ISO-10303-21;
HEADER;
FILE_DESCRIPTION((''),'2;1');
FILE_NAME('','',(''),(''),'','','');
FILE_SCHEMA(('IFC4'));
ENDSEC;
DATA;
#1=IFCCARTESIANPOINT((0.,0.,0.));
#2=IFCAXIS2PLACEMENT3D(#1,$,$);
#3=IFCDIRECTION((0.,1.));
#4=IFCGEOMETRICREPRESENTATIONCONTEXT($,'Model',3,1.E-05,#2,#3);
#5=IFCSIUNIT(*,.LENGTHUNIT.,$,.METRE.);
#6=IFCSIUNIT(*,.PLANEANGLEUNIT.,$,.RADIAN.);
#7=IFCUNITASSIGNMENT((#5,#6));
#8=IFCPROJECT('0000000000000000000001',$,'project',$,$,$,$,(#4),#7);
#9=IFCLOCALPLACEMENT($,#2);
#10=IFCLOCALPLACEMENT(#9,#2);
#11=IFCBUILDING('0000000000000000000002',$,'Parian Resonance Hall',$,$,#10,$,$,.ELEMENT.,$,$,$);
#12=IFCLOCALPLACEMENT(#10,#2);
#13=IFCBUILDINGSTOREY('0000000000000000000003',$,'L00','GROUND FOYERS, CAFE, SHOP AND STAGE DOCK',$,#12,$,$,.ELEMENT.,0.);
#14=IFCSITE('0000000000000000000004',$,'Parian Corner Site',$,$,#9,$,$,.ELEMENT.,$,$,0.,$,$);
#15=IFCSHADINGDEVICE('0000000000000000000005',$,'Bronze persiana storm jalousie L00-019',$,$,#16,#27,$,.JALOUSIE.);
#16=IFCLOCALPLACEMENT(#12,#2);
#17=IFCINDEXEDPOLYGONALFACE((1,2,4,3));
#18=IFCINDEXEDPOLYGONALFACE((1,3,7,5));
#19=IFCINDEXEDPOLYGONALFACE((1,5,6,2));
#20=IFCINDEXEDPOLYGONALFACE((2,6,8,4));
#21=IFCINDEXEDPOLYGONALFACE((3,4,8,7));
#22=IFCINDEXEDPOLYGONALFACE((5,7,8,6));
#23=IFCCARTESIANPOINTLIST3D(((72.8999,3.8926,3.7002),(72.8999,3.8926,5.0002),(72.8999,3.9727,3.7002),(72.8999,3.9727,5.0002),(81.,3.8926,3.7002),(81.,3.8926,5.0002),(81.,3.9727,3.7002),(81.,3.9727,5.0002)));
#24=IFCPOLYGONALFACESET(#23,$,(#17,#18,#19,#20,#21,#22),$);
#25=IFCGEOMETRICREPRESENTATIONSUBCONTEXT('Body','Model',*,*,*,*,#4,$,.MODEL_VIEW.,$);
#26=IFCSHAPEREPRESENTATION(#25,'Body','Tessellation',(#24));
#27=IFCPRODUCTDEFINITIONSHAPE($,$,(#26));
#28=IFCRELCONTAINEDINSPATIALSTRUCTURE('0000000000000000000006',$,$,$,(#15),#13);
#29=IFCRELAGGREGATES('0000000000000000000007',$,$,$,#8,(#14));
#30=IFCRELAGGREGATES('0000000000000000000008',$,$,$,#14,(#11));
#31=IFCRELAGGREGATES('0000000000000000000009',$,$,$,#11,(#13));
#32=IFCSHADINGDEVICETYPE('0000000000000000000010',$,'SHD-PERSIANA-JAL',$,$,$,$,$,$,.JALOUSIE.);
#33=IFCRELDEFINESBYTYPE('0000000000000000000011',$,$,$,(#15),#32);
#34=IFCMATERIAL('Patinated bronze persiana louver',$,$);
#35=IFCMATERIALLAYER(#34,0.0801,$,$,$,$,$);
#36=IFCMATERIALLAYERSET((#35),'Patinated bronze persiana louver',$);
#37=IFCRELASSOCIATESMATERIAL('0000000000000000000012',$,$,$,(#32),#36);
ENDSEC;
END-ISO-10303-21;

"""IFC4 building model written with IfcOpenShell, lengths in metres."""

from ifc_helpers import new_model, si_unit, direction, frame, origin, origin_2d, place, context, subcontext, project, spatial, rectangle, extrude, material, layer, layer_set, type_object, element, save


model = new_model("IFC4")

# Units and contexts
model_context = context("Model", 3, precision=1e-05, world=origin(), true_north=direction((0.0, 1.0)))
body_context = subcontext(model_context, "Body", "Model", "MODEL_VIEW")
ifc_project = project(units=[si_unit("LENGTHUNIT", "METRE"), si_unit("PLANEANGLEUNIT", "RADIAN")], contexts=[model_context])

# Site, building, storey
site_placement = place(None, origin())
site = spatial("IfcSite", under=ifc_project, at=site_placement, Name="Parian Corner Site", CompositionType="ELEMENT", RefElevation=0.0)
building_placement = place(site_placement, origin())
building = spatial("IfcBuilding", under=site, at=building_placement, Name="Parian Resonance Hall", CompositionType="ELEMENT")
storey_placement = place(building_placement, origin())
storey = spatial("IfcBuildingStorey", under=building, at=storey_placement, Name="L00", Description="GROUND FOYERS, CAFE, SHOP AND STAGE DOCK", CompositionType="ELEMENT", Elevation=0.0)

# Shading device
ifc_material_1 = material(Name="Patinated bronze persiana louver")
ifc_layer_1 = layer(ifc_material_1, 0.0801)
ifc_layer_set_1 = layer_set([ifc_layer_1], Name="Patinated bronze persiana louver")
shading_device_type = type_object("IfcShadingDeviceType", Name="SHD-PERSIANA-JAL", PredefinedType="JALOUSIE", material=ifc_layer_set_1)
shading_device_placement = place(storey_placement, frame((76.95, 3.9326, 3.7002), z_axis=(0.0, 0.0, 1.0), x_axis=(-1.0, 0.0, 0.0)))
element("IfcShadingDevice", 1, at=shading_device_placement, inside=storey, type_object=shading_device_type, Name="Bronze persiana storm jalousie L00-019", PredefinedType="JALOUSIE", context=body_context, shape_type="SweptSolid", body=[
    extrude(rectangle(XDim=8.1001, YDim=0.0801, at=origin_2d()), origin(), (0.0, 0.0, 1.0), 1.3),
])

save(model, "model.ifc")
